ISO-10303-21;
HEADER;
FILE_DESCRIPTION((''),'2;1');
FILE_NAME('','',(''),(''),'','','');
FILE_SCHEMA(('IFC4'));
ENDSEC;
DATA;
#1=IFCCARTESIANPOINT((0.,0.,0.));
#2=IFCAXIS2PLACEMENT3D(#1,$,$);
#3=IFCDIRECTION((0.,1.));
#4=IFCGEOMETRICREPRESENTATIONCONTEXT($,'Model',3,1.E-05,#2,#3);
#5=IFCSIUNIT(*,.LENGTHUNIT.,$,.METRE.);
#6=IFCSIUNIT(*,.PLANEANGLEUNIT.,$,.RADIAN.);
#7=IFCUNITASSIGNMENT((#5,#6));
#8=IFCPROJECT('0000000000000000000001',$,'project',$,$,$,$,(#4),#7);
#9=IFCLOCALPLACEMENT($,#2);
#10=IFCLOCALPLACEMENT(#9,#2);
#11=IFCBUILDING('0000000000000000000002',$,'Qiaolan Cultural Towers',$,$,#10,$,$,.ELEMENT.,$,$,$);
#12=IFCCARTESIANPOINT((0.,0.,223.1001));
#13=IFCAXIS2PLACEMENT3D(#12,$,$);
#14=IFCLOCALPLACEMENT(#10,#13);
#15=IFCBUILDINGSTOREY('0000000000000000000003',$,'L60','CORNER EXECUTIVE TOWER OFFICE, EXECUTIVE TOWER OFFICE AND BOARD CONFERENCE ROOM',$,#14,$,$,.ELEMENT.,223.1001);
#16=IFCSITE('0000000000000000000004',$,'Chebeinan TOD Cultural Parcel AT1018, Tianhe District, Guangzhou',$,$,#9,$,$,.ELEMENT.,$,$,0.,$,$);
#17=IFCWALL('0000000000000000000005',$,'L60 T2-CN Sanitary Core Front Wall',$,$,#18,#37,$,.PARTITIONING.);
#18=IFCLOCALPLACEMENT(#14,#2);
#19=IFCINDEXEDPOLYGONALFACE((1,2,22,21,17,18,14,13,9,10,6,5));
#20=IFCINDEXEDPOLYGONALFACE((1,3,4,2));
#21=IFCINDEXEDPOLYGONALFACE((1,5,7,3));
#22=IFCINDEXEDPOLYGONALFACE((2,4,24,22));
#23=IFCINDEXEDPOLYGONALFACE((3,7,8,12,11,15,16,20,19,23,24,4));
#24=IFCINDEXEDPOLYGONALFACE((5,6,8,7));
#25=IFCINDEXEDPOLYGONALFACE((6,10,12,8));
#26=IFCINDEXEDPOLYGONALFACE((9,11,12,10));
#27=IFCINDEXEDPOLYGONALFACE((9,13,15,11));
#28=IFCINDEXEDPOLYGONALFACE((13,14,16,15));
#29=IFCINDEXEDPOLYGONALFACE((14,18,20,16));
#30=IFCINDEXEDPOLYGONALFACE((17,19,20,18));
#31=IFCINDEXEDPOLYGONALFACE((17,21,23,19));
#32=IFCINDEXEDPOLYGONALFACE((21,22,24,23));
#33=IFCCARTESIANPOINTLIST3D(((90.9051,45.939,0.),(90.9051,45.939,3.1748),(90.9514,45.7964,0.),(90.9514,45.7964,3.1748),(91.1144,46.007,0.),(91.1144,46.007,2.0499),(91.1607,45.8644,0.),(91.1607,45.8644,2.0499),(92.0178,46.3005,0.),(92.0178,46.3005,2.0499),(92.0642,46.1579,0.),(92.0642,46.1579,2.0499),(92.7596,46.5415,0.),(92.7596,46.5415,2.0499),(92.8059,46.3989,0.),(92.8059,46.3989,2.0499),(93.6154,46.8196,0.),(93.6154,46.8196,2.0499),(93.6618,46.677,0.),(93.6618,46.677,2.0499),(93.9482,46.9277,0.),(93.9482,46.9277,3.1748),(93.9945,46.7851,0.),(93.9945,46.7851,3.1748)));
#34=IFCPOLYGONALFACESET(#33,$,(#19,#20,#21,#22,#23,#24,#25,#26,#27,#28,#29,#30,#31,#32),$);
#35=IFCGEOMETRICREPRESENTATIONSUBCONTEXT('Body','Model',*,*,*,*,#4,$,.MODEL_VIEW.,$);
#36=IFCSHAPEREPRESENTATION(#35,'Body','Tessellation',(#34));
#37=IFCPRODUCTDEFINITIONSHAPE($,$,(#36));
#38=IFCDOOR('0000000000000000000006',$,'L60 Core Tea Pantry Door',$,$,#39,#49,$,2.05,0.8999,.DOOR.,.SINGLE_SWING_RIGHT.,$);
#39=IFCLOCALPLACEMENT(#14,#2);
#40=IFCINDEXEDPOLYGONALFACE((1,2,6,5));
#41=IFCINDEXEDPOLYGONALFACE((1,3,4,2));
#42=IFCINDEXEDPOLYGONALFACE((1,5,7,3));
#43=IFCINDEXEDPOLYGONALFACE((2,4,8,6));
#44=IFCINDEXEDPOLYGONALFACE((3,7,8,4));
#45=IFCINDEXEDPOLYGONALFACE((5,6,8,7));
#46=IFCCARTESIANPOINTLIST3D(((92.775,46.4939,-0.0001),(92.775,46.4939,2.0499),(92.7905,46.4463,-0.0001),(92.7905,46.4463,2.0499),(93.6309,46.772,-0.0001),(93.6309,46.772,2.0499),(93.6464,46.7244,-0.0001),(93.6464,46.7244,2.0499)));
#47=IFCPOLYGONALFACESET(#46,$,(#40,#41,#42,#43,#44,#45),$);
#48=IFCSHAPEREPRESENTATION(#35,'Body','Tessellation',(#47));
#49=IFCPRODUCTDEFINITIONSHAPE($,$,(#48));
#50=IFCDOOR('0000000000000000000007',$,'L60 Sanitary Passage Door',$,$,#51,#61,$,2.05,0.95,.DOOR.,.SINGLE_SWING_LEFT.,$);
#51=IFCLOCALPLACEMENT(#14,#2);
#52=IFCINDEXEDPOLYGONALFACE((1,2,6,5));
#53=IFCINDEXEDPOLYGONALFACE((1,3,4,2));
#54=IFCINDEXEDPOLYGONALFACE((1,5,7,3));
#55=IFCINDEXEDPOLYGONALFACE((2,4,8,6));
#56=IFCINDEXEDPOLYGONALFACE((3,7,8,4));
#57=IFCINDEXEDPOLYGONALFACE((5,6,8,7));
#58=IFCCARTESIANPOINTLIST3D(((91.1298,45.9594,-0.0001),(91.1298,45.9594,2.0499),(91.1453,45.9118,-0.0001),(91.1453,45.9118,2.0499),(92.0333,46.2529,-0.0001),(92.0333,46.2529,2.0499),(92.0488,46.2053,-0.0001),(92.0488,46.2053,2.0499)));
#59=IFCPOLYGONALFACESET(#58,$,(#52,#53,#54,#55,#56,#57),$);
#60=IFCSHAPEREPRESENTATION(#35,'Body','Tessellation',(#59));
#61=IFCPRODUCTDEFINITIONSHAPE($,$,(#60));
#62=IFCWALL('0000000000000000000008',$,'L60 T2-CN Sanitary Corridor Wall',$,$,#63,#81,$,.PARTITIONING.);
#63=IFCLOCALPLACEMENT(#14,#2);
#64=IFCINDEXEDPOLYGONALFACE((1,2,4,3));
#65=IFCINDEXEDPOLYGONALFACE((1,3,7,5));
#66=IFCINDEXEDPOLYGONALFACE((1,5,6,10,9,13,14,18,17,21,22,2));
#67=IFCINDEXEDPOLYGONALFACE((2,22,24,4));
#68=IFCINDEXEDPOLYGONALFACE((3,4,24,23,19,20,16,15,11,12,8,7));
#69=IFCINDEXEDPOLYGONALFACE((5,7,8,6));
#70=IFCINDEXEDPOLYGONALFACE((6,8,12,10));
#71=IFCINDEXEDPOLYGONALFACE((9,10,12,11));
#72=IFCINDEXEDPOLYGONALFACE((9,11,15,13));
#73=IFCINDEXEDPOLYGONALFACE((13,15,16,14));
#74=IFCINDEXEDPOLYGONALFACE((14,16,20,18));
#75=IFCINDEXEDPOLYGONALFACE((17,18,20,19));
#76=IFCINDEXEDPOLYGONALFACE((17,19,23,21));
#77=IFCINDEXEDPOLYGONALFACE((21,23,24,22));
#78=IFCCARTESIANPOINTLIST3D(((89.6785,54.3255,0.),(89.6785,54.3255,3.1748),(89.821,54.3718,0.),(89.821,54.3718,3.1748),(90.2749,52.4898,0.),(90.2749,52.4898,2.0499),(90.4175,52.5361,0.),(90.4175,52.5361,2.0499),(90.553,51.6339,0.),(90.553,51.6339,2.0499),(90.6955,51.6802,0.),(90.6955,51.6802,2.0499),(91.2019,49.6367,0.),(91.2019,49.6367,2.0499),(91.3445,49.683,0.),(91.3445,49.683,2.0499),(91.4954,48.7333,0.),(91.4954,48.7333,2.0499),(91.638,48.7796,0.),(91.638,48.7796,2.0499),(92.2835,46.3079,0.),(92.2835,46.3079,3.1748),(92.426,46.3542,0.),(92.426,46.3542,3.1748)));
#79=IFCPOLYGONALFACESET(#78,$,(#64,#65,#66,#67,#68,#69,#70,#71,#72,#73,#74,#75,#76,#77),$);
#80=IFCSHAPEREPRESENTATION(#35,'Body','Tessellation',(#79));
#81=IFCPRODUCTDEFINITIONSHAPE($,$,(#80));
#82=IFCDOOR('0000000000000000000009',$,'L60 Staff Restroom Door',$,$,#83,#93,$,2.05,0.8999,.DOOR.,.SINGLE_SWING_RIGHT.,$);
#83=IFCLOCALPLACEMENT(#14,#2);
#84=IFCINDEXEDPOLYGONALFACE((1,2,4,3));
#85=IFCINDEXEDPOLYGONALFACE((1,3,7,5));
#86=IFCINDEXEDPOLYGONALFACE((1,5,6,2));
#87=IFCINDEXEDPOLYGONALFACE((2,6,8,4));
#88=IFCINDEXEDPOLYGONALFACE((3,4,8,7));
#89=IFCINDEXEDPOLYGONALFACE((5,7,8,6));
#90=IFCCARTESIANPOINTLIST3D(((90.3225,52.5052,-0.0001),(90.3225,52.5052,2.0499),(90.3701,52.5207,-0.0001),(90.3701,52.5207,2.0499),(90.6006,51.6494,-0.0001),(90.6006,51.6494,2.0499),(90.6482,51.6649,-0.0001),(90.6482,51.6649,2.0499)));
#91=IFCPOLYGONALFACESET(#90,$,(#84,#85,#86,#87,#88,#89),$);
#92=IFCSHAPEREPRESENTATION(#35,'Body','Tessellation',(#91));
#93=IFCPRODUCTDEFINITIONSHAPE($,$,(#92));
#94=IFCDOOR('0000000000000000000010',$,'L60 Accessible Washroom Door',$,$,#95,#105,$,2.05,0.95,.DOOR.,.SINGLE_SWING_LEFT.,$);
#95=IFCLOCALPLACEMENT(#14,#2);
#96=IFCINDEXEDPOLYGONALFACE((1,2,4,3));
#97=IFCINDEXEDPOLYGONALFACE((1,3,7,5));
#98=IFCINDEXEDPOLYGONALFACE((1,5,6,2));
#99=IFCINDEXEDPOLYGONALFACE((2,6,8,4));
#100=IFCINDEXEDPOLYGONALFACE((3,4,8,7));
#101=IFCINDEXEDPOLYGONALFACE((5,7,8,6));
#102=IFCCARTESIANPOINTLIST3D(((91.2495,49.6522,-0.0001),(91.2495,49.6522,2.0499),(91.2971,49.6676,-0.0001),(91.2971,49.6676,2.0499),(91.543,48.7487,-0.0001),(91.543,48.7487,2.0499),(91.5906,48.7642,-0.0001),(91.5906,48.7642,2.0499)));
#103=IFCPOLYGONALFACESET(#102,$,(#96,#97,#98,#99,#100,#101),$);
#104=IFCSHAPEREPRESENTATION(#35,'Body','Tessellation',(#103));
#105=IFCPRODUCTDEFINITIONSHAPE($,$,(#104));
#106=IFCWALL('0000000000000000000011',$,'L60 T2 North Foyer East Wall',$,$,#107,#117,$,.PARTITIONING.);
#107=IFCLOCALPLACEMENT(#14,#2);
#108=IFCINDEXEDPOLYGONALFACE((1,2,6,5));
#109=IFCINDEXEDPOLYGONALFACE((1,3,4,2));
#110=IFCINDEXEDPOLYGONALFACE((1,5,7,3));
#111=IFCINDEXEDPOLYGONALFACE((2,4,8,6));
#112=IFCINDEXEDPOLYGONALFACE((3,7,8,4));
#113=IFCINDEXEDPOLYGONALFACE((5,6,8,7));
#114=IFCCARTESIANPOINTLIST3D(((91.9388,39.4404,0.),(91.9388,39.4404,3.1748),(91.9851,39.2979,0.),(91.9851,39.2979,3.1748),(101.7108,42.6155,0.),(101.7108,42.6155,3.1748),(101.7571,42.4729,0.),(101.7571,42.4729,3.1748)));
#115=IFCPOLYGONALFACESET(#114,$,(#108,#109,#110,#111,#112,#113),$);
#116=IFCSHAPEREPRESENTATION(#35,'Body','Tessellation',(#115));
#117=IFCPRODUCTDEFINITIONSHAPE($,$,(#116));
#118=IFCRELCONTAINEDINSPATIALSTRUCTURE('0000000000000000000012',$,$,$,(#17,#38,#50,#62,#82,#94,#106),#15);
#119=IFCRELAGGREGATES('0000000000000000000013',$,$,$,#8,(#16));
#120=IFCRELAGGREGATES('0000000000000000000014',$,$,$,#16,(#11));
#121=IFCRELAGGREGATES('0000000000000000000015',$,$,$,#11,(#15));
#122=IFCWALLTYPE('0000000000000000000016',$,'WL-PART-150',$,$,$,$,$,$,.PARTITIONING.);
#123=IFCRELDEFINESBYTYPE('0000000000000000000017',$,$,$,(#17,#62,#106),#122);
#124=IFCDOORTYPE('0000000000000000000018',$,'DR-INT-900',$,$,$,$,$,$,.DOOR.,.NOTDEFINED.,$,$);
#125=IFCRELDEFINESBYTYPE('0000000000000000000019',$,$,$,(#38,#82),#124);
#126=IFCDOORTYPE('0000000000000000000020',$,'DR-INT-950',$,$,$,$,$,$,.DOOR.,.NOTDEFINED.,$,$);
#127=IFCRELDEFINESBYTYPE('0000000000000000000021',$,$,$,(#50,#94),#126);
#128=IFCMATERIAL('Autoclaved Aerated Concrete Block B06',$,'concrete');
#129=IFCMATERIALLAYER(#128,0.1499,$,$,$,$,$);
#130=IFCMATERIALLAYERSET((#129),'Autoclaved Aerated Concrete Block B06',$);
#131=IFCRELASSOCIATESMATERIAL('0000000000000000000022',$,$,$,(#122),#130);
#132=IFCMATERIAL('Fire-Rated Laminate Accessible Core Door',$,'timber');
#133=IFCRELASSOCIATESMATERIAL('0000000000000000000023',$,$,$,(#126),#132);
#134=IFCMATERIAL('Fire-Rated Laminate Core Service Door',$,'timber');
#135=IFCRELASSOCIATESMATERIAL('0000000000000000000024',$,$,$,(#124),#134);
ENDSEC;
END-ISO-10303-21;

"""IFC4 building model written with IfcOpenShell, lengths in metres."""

from ifc_helpers import new_model, si_unit, direction, frame, frame_2d, origin, place, context, subcontext, project, spatial, rectangle, extrude, material, layer, layer_set, type_object, element, fill, save


model = new_model("IFC4")

# Units and contexts
model_context = context("Model", 3, precision=1e-05, world=origin(), true_north=direction((0.0, 1.0)))
body_context = subcontext(model_context, "Body", "Model", "MODEL_VIEW")
ifc_project = project(units=[si_unit("LENGTHUNIT", "METRE"), si_unit("PLANEANGLEUNIT", "RADIAN")], contexts=[model_context])

# Site, building, storey
site_placement = place(None, origin())
site = spatial("IfcSite", under=ifc_project, at=site_placement, Name="Chebeinan TOD Cultural Parcel AT1018, Tianhe District, Guangzhou", CompositionType="ELEMENT", RefElevation=0.0)
building_placement = place(site_placement, origin())
building = spatial("IfcBuilding", under=site, at=building_placement, Name="Qiaolan Cultural Towers", CompositionType="ELEMENT")
storey_placement = place(building_placement, frame((0.0, 0.0, 223.1001)))
storey = spatial("IfcBuildingStorey", under=building, at=storey_placement, Name="L60", Description="CORNER EXECUTIVE TOWER OFFICE, EXECUTIVE TOWER OFFICE AND BOARD CONFERENCE ROOM", CompositionType="ELEMENT", Elevation=223.1001)

# Shared definitions
ifc_material_1 = material(Name="Autoclaved Aerated Concrete Block B06", Category="concrete")
ifc_layer_1 = layer(ifc_material_1, 0.1499)
ifc_layer_set_1 = layer_set([ifc_layer_1], Name="Autoclaved Aerated Concrete Block B06")
wall_type_1 = type_object("IfcWallType", Name="WL-PART-150", PredefinedType="PARTITIONING", material=ifc_layer_set_1)
ifc_material_2 = material(Name="Fire-Rated Laminate Accessible Core Door", Category="timber")
door_type_1 = type_object("IfcDoorType", Name="DR-INT-950", OperationType="NOTDEFINED", PredefinedType="DOOR", material=ifc_material_2)

# Shared definitions
ifc_material_3 = material(Name="Fire-Rated Laminate Core Service Door", Category="timber")
door_type_2 = type_object("IfcDoorType", Name="DR-INT-900", OperationType="NOTDEFINED", PredefinedType="DOOR", material=ifc_material_3)

# Walls, openings, doors
wall_1_placement = place(storey_placement, frame((90.9282, 45.8677, 0.0), z_axis=(0.0, 0.0, 1.0), x_axis=(0.951059, 0.309008, 0.0)))
wall_1 = element("IfcWall", 1, at=wall_1_placement, inside=storey, type_object=wall_type_1, Name="L60 T2-CN Sanitary Core Front Wall", PredefinedType="PARTITIONING", context=body_context, shape_type="SweptSolid", body=[
    extrude(rectangle(XDim=3.1997, YDim=0.1499, at=frame_2d((1.5999, 0.0))), origin(), (0.0, 0.0, 1.0), 3.1748),
])
opening_1_placement = place(wall_1_placement, frame((0.22, 0.0, 0.0)))
opening_1 = element("IfcOpeningElement", 2, at=opening_1_placement, cuts=wall_1, PredefinedType="OPENING", context=body_context, shape_type="SweptSolid", body=[
    extrude(rectangle(XDim=0.95, YDim=2.05, at=frame_2d((0.4751, 1.0249))), frame((0.0, 0.085, 0.0), z_axis=(0.0, -1.0, 0.0), x_axis=(1.0, 0.0, 0.0)), (0.0, 0.0, 1.0), 0.1699),
])
opening_2_placement = place(wall_1_placement, frame((1.95, 0.0, 0.0)))
opening_2 = element("IfcOpeningElement", 3, at=opening_2_placement, cuts=wall_1, PredefinedType="OPENING", context=body_context, shape_type="SweptSolid", body=[
    extrude(rectangle(XDim=0.8999, YDim=2.05, at=frame_2d((0.45, 1.0249))), frame((0.0, 0.085, 0.0), z_axis=(0.0, -1.0, 0.0), x_axis=(1.0, 0.0, 0.0)), (0.0, 0.0, 1.0), 0.1699),
])
door_1_placement = place(opening_2_placement, origin())
door_1 = element("IfcDoor", 4, at=door_1_placement, inside=storey, type_object=door_type_2, Name="L60 Core Tea Pantry Door", OperationType="SINGLE_SWING_RIGHT", OverallHeight=2.05, OverallWidth=0.8999, PredefinedType="DOOR", context=body_context, shape_type="SweptSolid", body=[
    extrude(rectangle(XDim=0.8999, YDim=2.05, at=frame_2d((0.45, 1.0249))), frame((0.0, 0.0249, 0.0), z_axis=(0.0, -1.0, 0.0), x_axis=(1.0, 0.0, 0.0)), (0.0, 0.0, 1.0), 0.05),
])
fill(opening_2, door_1)
door_2_placement = place(opening_1_placement, origin())
door_2 = element("IfcDoor", 5, at=door_2_placement, inside=storey, type_object=door_type_1, Name="L60 Sanitary Passage Door", OperationType="SINGLE_SWING_LEFT", OverallHeight=2.05, OverallWidth=0.95, PredefinedType="DOOR", context=body_context, shape_type="SweptSolid", body=[
    extrude(rectangle(XDim=0.95, YDim=2.05, at=frame_2d((0.4751, 1.0249))), frame((0.0, 0.0249, 0.0), z_axis=(0.0, -1.0, 0.0), x_axis=(1.0, 0.0, 0.0)), (0.0, 0.0, 1.0), 0.05),
])
fill(opening_1, door_2)
wall_2_placement = place(storey_placement, frame((92.3547, 46.3311, 0.0), z_axis=(0.0, 0.0, 1.0), x_axis=(-0.309007, 0.95106, 0.0)))
wall_2 = element("IfcWall", 6, at=wall_2_placement, inside=storey, type_object=wall_type_1, Name="L60 T2-CN Sanitary Corridor Wall", PredefinedType="PARTITIONING", context=body_context, shape_type="SweptSolid", body=[
    extrude(rectangle(XDim=8.4302, YDim=0.1499, at=frame_2d((4.2151, 0.0))), origin(), (0.0, 0.0, 1.0), 3.1748),
])
opening_3_placement = place(wall_2_placement, frame((2.55, 0.0, 0.0)))
opening_3 = element("IfcOpeningElement", 7, at=opening_3_placement, cuts=wall_2, PredefinedType="OPENING", context=body_context, shape_type="SweptSolid", body=[
    extrude(rectangle(XDim=0.95, YDim=2.05, at=frame_2d((0.4751, 1.0249))), frame((0.0, 0.085, 0.0), z_axis=(0.0, -1.0, 0.0), x_axis=(1.0, 0.0, 0.0)), (0.0, 0.0, 1.0), 0.1699),
])
opening_4_placement = place(wall_2_placement, frame((5.6001, 0.0, 0.0)))
opening_4 = element("IfcOpeningElement", 8, at=opening_4_placement, cuts=wall_2, PredefinedType="OPENING", context=body_context, shape_type="SweptSolid", body=[
    extrude(rectangle(XDim=0.8999, YDim=2.05, at=frame_2d((0.45, 1.0249))), frame((0.0, 0.085, 0.0), z_axis=(0.0, -1.0, 0.0), x_axis=(1.0, 0.0, 0.0)), (0.0, 0.0, 1.0), 0.1699),
])
door_3_placement = place(opening_4_placement, origin())
door_3 = element("IfcDoor", 9, at=door_3_placement, inside=storey, type_object=door_type_2, Name="L60 Staff Restroom Door", OperationType="SINGLE_SWING_RIGHT", OverallHeight=2.05, OverallWidth=0.8999, PredefinedType="DOOR", context=body_context, shape_type="SweptSolid", body=[
    extrude(rectangle(XDim=0.8999, YDim=2.05, at=frame_2d((0.45, 1.0249))), frame((0.0, 0.0249, 0.0), z_axis=(0.0, -1.0, 0.0), x_axis=(1.0, 0.0, 0.0)), (0.0, 0.0, 1.0), 0.05),
])
fill(opening_4, door_3)
door_4_placement = place(opening_3_placement, origin())
door_4 = element("IfcDoor", 10, at=door_4_placement, inside=storey, type_object=door_type_1, Name="L60 Accessible Washroom Door", OperationType="SINGLE_SWING_LEFT", OverallHeight=2.05, OverallWidth=0.95, PredefinedType="DOOR", context=body_context, shape_type="SweptSolid", body=[
    extrude(rectangle(XDim=0.95, YDim=2.05, at=frame_2d((0.4751, 1.0249))), frame((0.0, 0.0249, 0.0), z_axis=(0.0, -1.0, 0.0), x_axis=(1.0, 0.0, 0.0)), (0.0, 0.0, 1.0), 0.05),
])
fill(opening_3, door_4)

# Wall
wall_3_placement = place(storey_placement, frame((91.9619, 39.3691, 0.0), z_axis=(0.0, 0.0, 1.0), x_axis=(0.951058, 0.309012, 0.0)))
element("IfcWall", 11, at=wall_3_placement, inside=storey, type_object=wall_type_1, Name="L60 T2 North Foyer East Wall", PredefinedType="PARTITIONING", context=body_context, shape_type="SweptSolid", body=[
    extrude(rectangle(XDim=10.2749, YDim=0.1499, at=frame_2d((5.1375, 0.0))), origin(), (0.0, 0.0, 1.0), 3.1748),
])

save(model, "model.ifc")
